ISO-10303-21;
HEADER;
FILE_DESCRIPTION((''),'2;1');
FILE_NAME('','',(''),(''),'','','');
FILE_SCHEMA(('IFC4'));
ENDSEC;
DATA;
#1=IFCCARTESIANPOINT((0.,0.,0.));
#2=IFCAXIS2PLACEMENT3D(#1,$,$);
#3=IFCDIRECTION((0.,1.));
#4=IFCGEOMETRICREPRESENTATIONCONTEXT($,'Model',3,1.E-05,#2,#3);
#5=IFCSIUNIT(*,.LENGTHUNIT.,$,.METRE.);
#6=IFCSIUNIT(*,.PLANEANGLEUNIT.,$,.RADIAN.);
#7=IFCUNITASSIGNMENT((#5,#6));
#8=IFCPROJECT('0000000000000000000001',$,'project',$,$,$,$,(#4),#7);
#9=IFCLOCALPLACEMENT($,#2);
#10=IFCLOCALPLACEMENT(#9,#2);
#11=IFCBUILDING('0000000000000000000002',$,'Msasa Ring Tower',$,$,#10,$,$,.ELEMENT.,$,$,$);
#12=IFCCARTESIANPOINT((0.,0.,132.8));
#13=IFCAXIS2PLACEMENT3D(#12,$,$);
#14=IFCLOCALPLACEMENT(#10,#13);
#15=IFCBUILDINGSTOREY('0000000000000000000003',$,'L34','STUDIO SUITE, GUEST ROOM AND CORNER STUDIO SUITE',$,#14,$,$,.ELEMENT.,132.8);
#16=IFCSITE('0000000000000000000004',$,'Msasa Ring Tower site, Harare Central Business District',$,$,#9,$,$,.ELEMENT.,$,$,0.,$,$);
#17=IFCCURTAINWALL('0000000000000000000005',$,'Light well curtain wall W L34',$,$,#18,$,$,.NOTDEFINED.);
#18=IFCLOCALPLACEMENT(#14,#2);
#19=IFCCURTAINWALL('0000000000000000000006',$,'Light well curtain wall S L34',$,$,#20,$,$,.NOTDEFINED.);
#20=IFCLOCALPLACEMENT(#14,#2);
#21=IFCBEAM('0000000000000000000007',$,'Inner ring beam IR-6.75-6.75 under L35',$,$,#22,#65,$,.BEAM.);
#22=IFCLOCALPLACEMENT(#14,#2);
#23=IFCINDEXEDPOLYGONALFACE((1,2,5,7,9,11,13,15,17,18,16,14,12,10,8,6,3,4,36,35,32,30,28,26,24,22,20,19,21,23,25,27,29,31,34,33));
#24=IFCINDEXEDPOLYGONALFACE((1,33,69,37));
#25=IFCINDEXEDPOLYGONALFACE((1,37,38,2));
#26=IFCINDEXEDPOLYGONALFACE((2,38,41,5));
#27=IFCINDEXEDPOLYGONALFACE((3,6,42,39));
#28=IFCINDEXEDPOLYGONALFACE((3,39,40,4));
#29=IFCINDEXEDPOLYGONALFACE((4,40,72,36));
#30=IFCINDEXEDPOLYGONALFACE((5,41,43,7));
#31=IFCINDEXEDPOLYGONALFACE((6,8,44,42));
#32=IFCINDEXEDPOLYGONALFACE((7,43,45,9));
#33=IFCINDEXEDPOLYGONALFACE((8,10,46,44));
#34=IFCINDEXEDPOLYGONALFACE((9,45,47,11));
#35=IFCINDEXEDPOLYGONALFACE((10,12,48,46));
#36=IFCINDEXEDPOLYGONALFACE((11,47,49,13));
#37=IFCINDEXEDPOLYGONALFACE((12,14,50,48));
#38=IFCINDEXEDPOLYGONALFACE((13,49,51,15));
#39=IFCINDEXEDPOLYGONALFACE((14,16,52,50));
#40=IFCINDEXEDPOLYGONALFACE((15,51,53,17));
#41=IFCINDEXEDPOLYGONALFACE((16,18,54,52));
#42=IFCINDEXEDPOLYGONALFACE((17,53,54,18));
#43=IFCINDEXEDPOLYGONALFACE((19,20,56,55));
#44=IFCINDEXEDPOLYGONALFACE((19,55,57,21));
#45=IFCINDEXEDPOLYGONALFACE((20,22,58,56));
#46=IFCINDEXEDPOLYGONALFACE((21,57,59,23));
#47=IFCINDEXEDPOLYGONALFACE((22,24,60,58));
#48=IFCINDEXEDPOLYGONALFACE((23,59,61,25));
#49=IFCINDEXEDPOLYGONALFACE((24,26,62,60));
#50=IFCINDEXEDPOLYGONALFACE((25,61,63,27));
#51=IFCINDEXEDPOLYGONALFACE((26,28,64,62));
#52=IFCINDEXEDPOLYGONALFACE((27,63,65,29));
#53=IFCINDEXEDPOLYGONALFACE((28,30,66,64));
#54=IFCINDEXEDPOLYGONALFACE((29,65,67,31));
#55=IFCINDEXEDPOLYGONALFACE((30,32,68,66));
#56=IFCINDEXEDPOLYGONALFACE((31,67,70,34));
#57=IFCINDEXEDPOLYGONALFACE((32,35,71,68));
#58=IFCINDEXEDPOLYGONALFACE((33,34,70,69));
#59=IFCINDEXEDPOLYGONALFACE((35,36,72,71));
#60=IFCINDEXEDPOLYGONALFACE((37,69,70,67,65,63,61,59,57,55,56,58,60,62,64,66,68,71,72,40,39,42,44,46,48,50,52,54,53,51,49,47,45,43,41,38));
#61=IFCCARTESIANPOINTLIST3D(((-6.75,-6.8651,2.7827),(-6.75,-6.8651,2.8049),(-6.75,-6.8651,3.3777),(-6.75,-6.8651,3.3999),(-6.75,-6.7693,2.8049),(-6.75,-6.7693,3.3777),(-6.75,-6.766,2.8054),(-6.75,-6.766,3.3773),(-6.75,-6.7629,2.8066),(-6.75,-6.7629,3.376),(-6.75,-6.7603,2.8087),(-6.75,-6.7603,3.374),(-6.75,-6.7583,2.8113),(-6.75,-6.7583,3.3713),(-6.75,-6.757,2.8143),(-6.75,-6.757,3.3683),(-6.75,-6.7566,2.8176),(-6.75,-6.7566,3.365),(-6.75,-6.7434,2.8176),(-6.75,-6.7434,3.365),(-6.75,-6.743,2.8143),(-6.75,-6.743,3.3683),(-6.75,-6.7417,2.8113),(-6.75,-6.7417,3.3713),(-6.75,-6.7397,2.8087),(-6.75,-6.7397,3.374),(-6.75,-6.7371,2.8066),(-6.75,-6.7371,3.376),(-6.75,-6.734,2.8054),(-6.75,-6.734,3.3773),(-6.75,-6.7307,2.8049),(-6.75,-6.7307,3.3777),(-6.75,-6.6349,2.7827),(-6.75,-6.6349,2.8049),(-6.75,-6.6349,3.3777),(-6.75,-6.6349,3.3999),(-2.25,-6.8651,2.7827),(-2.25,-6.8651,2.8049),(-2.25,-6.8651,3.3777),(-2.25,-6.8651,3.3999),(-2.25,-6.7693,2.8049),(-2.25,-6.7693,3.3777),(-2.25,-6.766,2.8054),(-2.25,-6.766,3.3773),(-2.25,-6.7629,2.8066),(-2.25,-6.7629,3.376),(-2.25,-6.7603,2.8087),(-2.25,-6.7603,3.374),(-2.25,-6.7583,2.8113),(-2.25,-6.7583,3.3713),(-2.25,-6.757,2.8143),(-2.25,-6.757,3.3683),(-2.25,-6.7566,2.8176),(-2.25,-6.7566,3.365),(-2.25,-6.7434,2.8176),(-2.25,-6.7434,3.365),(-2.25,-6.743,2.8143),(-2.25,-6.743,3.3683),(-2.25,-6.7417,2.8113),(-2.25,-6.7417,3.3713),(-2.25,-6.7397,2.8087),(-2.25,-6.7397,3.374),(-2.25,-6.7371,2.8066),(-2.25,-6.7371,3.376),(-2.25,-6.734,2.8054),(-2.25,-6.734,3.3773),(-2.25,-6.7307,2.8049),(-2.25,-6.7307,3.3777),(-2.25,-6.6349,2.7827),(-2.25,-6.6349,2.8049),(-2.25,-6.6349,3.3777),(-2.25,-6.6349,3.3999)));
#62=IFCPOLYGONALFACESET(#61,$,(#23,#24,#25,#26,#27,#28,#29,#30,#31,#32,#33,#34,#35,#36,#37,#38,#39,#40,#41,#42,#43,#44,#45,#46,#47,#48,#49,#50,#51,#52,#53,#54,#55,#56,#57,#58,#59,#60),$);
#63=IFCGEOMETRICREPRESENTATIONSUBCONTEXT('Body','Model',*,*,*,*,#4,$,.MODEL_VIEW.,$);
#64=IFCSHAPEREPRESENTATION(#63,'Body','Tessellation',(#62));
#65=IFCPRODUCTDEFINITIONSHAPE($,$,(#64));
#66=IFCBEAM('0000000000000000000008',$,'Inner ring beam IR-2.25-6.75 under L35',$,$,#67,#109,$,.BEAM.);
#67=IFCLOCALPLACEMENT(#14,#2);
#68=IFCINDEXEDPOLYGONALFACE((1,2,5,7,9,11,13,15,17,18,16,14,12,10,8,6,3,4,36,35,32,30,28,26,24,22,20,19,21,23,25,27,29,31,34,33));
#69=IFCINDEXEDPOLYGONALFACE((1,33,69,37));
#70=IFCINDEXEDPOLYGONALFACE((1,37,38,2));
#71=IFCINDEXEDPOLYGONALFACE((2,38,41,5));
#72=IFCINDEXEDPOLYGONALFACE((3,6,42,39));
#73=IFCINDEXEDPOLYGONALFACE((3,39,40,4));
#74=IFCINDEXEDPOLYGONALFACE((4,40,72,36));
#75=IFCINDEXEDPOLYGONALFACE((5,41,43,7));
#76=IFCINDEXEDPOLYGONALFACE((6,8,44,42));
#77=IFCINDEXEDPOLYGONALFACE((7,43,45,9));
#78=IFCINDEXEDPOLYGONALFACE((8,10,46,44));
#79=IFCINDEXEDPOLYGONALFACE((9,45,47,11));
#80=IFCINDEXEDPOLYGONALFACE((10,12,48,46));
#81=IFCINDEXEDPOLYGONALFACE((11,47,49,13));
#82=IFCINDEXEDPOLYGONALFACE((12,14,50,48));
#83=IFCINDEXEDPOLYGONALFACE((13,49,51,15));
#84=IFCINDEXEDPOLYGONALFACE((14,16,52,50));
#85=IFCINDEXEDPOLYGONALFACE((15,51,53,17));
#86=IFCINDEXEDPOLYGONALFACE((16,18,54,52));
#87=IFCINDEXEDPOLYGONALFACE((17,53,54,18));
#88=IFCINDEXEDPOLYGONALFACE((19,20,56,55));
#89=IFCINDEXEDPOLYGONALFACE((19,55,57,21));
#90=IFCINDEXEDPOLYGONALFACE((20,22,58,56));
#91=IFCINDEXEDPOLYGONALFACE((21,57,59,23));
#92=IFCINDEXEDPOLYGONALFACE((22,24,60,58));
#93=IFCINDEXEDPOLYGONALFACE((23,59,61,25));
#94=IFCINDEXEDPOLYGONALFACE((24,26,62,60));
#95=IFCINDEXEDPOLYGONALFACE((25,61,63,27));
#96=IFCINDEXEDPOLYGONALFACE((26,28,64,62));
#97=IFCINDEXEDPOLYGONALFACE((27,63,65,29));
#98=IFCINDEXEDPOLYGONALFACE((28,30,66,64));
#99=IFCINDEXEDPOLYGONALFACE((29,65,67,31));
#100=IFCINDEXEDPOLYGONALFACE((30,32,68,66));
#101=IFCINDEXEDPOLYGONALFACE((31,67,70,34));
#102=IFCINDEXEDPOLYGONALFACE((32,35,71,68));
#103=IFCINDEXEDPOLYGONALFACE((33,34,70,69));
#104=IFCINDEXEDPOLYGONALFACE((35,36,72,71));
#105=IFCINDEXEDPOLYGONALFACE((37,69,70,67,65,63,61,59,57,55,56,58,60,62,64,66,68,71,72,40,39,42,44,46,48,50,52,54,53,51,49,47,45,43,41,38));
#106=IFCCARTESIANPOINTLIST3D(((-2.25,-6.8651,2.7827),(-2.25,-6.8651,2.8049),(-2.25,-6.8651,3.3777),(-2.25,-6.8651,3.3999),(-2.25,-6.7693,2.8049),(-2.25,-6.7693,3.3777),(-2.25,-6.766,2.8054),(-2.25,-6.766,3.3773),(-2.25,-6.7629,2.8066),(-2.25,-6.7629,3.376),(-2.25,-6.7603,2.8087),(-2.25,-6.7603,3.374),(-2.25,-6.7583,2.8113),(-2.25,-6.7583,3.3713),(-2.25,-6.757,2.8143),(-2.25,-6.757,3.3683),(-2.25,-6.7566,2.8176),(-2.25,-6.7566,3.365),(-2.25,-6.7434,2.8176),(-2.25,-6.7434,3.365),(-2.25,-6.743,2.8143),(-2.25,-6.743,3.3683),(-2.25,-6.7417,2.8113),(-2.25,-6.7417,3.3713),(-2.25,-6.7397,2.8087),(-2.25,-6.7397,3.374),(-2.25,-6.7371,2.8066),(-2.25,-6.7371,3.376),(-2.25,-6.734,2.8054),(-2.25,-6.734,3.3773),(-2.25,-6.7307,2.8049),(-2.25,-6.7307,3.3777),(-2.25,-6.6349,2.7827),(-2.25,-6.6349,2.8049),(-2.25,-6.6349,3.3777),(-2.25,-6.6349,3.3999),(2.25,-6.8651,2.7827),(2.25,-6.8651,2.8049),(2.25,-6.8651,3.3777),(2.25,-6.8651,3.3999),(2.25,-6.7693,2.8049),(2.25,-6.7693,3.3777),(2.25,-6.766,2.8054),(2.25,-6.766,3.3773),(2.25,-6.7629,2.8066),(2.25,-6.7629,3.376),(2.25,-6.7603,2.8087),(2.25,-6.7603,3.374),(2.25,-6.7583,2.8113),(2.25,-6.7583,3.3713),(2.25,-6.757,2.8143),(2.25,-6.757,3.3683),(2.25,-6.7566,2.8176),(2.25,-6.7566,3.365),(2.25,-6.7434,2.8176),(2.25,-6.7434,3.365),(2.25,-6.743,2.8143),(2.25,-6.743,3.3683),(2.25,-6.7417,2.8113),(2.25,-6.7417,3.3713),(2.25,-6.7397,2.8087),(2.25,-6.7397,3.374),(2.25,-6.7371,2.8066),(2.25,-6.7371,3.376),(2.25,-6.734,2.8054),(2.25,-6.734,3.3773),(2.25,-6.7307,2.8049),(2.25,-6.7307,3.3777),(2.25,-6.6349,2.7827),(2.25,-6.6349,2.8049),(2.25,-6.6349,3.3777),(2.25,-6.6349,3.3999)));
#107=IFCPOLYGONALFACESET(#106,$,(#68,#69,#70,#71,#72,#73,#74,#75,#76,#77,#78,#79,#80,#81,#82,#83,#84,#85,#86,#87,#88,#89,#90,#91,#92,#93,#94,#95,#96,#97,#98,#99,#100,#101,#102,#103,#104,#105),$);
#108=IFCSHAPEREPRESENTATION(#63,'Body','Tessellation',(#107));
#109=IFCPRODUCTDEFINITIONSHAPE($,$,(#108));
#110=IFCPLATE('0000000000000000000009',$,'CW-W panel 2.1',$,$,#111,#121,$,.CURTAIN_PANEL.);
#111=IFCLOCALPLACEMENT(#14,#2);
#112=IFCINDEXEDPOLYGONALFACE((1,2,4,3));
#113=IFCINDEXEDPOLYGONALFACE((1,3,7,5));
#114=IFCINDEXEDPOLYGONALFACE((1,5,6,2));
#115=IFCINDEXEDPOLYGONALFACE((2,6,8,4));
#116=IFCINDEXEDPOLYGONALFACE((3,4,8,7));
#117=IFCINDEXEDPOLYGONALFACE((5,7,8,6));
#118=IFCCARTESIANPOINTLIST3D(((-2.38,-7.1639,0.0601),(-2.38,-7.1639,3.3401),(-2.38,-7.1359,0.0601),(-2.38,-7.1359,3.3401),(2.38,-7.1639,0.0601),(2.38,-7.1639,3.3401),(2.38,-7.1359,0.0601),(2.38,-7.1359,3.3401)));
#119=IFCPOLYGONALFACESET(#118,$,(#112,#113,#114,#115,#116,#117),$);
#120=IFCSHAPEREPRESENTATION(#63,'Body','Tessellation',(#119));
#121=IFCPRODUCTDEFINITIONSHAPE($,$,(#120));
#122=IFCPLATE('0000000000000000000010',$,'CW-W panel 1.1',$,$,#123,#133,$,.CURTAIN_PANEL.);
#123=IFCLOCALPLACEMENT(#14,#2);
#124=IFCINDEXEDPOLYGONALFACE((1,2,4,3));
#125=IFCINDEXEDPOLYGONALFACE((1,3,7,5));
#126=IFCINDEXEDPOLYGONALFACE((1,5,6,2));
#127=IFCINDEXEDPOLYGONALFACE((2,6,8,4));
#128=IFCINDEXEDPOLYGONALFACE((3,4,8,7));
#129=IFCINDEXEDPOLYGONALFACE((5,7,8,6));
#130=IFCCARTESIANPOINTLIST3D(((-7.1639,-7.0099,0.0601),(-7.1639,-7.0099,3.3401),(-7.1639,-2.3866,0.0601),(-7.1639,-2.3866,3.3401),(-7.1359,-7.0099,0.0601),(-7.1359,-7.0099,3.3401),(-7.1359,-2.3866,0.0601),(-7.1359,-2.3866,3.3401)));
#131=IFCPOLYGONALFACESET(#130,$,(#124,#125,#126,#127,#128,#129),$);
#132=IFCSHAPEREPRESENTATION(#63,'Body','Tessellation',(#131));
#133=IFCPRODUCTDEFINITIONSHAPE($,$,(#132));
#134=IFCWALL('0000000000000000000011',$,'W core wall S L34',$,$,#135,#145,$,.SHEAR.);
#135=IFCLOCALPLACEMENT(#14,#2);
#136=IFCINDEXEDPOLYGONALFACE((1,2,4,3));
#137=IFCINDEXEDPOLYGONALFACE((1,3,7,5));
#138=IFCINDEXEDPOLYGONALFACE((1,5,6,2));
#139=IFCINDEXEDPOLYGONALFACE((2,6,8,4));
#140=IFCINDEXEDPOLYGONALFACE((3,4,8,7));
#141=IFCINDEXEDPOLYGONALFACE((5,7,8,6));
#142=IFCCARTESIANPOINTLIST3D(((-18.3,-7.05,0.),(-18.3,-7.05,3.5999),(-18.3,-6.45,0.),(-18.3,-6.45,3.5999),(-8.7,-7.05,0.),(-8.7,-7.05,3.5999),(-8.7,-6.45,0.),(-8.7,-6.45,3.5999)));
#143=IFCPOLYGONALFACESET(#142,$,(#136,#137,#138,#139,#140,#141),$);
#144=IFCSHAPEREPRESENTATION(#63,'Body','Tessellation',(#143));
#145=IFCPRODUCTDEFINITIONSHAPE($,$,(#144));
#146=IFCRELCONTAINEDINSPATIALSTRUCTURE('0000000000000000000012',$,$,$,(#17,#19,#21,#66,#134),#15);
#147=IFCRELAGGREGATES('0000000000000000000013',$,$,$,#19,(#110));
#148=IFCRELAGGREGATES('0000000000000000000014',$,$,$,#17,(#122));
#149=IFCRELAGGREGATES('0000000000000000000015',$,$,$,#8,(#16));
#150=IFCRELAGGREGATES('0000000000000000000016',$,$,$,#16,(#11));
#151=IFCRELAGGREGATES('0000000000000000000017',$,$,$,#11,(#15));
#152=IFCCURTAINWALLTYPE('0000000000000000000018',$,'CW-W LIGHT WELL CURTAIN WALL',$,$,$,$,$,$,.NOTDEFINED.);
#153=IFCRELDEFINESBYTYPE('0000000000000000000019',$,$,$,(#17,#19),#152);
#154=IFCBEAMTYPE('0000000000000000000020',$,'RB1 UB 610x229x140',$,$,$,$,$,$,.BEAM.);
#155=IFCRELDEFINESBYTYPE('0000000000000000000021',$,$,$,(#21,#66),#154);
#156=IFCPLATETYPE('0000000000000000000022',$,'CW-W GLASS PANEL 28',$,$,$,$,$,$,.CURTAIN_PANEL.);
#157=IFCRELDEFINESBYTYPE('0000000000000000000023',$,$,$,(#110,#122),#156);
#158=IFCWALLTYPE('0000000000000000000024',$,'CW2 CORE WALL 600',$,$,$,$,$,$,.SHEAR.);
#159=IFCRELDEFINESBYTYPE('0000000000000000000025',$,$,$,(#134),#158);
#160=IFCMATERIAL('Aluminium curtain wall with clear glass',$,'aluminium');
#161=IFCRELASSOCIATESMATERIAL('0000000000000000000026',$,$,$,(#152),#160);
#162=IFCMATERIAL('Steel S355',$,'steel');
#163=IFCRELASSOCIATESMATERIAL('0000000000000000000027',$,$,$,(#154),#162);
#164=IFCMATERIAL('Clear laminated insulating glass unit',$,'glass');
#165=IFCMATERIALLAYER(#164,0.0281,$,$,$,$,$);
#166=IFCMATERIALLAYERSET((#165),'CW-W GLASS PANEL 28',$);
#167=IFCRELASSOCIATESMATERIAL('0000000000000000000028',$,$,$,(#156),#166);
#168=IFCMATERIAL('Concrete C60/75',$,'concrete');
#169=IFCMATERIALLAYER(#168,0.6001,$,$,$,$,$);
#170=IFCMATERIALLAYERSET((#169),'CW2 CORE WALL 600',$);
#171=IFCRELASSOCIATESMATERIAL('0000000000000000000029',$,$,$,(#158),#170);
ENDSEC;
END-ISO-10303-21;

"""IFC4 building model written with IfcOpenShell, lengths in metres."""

from ifc_helpers import new_model, si_unit, direction, frame, frame_2d, origin, origin_2d, place, context, subcontext, project, spatial, rectangle, i_section, extrude, material, layer, layer_set, material_profile, profile_set, type_object, element, aggregate, save


model = new_model("IFC4")

# Units and contexts
model_context = context("Model", 3, precision=1e-05, world=origin(), true_north=direction((0.0, 1.0)))
body_context = subcontext(model_context, "Body", "Model", "MODEL_VIEW")
ifc_project = project(units=[si_unit("LENGTHUNIT", "METRE"), si_unit("PLANEANGLEUNIT", "RADIAN")], contexts=[model_context])

# Site, building, storey
site_placement = place(None, origin())
site = spatial("IfcSite", under=ifc_project, at=site_placement, Name="Msasa Ring Tower site, Harare Central Business District", CompositionType="ELEMENT", RefElevation=0.0)
building_placement = place(site_placement, origin())
building = spatial("IfcBuilding", under=site, at=building_placement, Name="Msasa Ring Tower", CompositionType="ELEMENT")
storey_placement = place(building_placement, frame((0.0, 0.0, 132.8)))
storey = spatial("IfcBuildingStorey", under=building, at=storey_placement, Name="L34", Description="STUDIO SUITE, GUEST ROOM AND CORNER STUDIO SUITE", CompositionType="ELEMENT", Elevation=132.8)

# Curtain wall
ifc_material_1 = material(Name="Aluminium curtain wall with clear glass", Category="aluminium")
curtain_wall_type = type_object("IfcCurtainWallType", Name="CW-W LIGHT WELL CURTAIN WALL", PredefinedType="NOTDEFINED", material=ifc_material_1)
curtain_wall_1_placement = place(storey_placement, origin())
curtain_wall_1 = element("IfcCurtainWall", 1, at=curtain_wall_1_placement, inside=storey, type_object=curtain_wall_type, Name="Light well curtain wall W L34", PredefinedType="NOTDEFINED")

# Curtain wall
curtain_wall_2_placement = place(storey_placement, origin())
curtain_wall_2 = element("IfcCurtainWall", 2, at=curtain_wall_2_placement, inside=storey, type_object=curtain_wall_type, Name="Light well curtain wall S L34", PredefinedType="NOTDEFINED")

# Beams
ifc_material_2 = material(Name="Steel S355", Category="steel")
ifc_material_profile_1 = material_profile(ifc_material_2, i_section(OverallWidth=0.2302, OverallDepth=0.6172, WebThickness=0.0132, FlangeThickness=0.0222, FilletRadius=0.0127, at=origin_2d()), Name="UB 610x229x140")
ifc_profile_set_1 = profile_set([ifc_material_profile_1], Name="Steel S355")
beam_type = type_object("IfcBeamType", Name="RB1 UB 610x229x140", PredefinedType="BEAM", material=ifc_profile_set_1)
for number, where, z_axis, x_axis, name in (
    (3, (-6.75, -6.75, 3.0913), (1.0, 0.0, 0.0), (0.0, 1.0, 0.0), "Inner ring beam IR-6.75-6.75 under L35"),
    (4, (-2.25, -6.75, 3.0913), (1.0, 0.0, 0.0), (0.0, 1.0, 0.0), "Inner ring beam IR-2.25-6.75 under L35"),
):
    element("IfcBeam", number, at=place(storey_placement, frame(where, z_axis=z_axis, x_axis=x_axis)), inside=storey, type_object=beam_type, Name=name, PredefinedType="BEAM", context=body_context, shape_type="SweptSolid", body=[
        extrude(i_section(OverallWidth=0.2302, OverallDepth=0.6172, WebThickness=0.0132, FlangeThickness=0.0222, FilletRadius=0.0127, at=origin_2d()), origin(), (0.0, 0.0, 1.0), 4.5),
    ])

# Plates
ifc_material_3 = material(Name="Clear laminated insulating glass unit", Category="glass")
ifc_layer_1 = layer(ifc_material_3, 0.0281)
ifc_layer_set_1 = layer_set([ifc_layer_1], Name="CW-W GLASS PANEL 28")
plate_type = type_object("IfcPlateType", Name="CW-W GLASS PANEL 28", PredefinedType="CURTAIN_PANEL", material=ifc_layer_set_1)
plate_1_placement = place(storey_placement, frame((0.0, -7.1499, 0.0601), z_axis=(0.0, 0.0, 1.0), x_axis=(1.0, 0.0, 0.0)))
plate_1 = element("IfcPlate", 5, at=plate_1_placement, type_object=plate_type, Name="CW-W panel 2.1", PredefinedType="CURTAIN_PANEL", context=body_context, shape_type="SweptSolid", body=[
    extrude(rectangle(XDim=4.76, YDim=0.0281, at=origin_2d()), origin(), (0.0, 0.0, 1.0), 3.28),
])
aggregate(curtain_wall_2, [plate_1])
plate_2_placement = place(storey_placement, frame((-7.1499, -4.6982, 0.0601), z_axis=(0.0, 0.0, 1.0), x_axis=(0.0, 1.0, 0.0)))
plate_2 = element("IfcPlate", 6, at=plate_2_placement, type_object=plate_type, Name="CW-W panel 1.1", PredefinedType="CURTAIN_PANEL", context=body_context, shape_type="SweptSolid", body=[
    extrude(rectangle(XDim=4.6233, YDim=0.0281, at=origin_2d()), origin(), (0.0, 0.0, 1.0), 3.28),
])
aggregate(curtain_wall_1, [plate_2])

# Wall
ifc_material_4 = material(Name="Concrete C60/75", Category="concrete")
ifc_layer_2 = layer(ifc_material_4, 0.6001)
ifc_layer_set_2 = layer_set([ifc_layer_2], Name="CW2 CORE WALL 600")
wall_type_1 = type_object("IfcWallType", Name="CW2 CORE WALL 600", PredefinedType="SHEAR", material=ifc_layer_set_2)
wall_1_placement = place(storey_placement, frame((-8.7, -6.75, 0.0), z_axis=(0.0, 0.0, 1.0), x_axis=(-1.0, 0.0, 0.0)))
element("IfcWall", 7, at=wall_1_placement, inside=storey, type_object=wall_type_1, Name="W core wall S L34", PredefinedType="SHEAR", context=body_context, shape_type="SweptSolid", body=[
    extrude(rectangle(XDim=9.6001, YDim=0.6001, at=frame_2d((4.8, 0.0))), origin(), (0.0, 0.0, 1.0), 3.5999),
])

save(model, "model.ifc")
